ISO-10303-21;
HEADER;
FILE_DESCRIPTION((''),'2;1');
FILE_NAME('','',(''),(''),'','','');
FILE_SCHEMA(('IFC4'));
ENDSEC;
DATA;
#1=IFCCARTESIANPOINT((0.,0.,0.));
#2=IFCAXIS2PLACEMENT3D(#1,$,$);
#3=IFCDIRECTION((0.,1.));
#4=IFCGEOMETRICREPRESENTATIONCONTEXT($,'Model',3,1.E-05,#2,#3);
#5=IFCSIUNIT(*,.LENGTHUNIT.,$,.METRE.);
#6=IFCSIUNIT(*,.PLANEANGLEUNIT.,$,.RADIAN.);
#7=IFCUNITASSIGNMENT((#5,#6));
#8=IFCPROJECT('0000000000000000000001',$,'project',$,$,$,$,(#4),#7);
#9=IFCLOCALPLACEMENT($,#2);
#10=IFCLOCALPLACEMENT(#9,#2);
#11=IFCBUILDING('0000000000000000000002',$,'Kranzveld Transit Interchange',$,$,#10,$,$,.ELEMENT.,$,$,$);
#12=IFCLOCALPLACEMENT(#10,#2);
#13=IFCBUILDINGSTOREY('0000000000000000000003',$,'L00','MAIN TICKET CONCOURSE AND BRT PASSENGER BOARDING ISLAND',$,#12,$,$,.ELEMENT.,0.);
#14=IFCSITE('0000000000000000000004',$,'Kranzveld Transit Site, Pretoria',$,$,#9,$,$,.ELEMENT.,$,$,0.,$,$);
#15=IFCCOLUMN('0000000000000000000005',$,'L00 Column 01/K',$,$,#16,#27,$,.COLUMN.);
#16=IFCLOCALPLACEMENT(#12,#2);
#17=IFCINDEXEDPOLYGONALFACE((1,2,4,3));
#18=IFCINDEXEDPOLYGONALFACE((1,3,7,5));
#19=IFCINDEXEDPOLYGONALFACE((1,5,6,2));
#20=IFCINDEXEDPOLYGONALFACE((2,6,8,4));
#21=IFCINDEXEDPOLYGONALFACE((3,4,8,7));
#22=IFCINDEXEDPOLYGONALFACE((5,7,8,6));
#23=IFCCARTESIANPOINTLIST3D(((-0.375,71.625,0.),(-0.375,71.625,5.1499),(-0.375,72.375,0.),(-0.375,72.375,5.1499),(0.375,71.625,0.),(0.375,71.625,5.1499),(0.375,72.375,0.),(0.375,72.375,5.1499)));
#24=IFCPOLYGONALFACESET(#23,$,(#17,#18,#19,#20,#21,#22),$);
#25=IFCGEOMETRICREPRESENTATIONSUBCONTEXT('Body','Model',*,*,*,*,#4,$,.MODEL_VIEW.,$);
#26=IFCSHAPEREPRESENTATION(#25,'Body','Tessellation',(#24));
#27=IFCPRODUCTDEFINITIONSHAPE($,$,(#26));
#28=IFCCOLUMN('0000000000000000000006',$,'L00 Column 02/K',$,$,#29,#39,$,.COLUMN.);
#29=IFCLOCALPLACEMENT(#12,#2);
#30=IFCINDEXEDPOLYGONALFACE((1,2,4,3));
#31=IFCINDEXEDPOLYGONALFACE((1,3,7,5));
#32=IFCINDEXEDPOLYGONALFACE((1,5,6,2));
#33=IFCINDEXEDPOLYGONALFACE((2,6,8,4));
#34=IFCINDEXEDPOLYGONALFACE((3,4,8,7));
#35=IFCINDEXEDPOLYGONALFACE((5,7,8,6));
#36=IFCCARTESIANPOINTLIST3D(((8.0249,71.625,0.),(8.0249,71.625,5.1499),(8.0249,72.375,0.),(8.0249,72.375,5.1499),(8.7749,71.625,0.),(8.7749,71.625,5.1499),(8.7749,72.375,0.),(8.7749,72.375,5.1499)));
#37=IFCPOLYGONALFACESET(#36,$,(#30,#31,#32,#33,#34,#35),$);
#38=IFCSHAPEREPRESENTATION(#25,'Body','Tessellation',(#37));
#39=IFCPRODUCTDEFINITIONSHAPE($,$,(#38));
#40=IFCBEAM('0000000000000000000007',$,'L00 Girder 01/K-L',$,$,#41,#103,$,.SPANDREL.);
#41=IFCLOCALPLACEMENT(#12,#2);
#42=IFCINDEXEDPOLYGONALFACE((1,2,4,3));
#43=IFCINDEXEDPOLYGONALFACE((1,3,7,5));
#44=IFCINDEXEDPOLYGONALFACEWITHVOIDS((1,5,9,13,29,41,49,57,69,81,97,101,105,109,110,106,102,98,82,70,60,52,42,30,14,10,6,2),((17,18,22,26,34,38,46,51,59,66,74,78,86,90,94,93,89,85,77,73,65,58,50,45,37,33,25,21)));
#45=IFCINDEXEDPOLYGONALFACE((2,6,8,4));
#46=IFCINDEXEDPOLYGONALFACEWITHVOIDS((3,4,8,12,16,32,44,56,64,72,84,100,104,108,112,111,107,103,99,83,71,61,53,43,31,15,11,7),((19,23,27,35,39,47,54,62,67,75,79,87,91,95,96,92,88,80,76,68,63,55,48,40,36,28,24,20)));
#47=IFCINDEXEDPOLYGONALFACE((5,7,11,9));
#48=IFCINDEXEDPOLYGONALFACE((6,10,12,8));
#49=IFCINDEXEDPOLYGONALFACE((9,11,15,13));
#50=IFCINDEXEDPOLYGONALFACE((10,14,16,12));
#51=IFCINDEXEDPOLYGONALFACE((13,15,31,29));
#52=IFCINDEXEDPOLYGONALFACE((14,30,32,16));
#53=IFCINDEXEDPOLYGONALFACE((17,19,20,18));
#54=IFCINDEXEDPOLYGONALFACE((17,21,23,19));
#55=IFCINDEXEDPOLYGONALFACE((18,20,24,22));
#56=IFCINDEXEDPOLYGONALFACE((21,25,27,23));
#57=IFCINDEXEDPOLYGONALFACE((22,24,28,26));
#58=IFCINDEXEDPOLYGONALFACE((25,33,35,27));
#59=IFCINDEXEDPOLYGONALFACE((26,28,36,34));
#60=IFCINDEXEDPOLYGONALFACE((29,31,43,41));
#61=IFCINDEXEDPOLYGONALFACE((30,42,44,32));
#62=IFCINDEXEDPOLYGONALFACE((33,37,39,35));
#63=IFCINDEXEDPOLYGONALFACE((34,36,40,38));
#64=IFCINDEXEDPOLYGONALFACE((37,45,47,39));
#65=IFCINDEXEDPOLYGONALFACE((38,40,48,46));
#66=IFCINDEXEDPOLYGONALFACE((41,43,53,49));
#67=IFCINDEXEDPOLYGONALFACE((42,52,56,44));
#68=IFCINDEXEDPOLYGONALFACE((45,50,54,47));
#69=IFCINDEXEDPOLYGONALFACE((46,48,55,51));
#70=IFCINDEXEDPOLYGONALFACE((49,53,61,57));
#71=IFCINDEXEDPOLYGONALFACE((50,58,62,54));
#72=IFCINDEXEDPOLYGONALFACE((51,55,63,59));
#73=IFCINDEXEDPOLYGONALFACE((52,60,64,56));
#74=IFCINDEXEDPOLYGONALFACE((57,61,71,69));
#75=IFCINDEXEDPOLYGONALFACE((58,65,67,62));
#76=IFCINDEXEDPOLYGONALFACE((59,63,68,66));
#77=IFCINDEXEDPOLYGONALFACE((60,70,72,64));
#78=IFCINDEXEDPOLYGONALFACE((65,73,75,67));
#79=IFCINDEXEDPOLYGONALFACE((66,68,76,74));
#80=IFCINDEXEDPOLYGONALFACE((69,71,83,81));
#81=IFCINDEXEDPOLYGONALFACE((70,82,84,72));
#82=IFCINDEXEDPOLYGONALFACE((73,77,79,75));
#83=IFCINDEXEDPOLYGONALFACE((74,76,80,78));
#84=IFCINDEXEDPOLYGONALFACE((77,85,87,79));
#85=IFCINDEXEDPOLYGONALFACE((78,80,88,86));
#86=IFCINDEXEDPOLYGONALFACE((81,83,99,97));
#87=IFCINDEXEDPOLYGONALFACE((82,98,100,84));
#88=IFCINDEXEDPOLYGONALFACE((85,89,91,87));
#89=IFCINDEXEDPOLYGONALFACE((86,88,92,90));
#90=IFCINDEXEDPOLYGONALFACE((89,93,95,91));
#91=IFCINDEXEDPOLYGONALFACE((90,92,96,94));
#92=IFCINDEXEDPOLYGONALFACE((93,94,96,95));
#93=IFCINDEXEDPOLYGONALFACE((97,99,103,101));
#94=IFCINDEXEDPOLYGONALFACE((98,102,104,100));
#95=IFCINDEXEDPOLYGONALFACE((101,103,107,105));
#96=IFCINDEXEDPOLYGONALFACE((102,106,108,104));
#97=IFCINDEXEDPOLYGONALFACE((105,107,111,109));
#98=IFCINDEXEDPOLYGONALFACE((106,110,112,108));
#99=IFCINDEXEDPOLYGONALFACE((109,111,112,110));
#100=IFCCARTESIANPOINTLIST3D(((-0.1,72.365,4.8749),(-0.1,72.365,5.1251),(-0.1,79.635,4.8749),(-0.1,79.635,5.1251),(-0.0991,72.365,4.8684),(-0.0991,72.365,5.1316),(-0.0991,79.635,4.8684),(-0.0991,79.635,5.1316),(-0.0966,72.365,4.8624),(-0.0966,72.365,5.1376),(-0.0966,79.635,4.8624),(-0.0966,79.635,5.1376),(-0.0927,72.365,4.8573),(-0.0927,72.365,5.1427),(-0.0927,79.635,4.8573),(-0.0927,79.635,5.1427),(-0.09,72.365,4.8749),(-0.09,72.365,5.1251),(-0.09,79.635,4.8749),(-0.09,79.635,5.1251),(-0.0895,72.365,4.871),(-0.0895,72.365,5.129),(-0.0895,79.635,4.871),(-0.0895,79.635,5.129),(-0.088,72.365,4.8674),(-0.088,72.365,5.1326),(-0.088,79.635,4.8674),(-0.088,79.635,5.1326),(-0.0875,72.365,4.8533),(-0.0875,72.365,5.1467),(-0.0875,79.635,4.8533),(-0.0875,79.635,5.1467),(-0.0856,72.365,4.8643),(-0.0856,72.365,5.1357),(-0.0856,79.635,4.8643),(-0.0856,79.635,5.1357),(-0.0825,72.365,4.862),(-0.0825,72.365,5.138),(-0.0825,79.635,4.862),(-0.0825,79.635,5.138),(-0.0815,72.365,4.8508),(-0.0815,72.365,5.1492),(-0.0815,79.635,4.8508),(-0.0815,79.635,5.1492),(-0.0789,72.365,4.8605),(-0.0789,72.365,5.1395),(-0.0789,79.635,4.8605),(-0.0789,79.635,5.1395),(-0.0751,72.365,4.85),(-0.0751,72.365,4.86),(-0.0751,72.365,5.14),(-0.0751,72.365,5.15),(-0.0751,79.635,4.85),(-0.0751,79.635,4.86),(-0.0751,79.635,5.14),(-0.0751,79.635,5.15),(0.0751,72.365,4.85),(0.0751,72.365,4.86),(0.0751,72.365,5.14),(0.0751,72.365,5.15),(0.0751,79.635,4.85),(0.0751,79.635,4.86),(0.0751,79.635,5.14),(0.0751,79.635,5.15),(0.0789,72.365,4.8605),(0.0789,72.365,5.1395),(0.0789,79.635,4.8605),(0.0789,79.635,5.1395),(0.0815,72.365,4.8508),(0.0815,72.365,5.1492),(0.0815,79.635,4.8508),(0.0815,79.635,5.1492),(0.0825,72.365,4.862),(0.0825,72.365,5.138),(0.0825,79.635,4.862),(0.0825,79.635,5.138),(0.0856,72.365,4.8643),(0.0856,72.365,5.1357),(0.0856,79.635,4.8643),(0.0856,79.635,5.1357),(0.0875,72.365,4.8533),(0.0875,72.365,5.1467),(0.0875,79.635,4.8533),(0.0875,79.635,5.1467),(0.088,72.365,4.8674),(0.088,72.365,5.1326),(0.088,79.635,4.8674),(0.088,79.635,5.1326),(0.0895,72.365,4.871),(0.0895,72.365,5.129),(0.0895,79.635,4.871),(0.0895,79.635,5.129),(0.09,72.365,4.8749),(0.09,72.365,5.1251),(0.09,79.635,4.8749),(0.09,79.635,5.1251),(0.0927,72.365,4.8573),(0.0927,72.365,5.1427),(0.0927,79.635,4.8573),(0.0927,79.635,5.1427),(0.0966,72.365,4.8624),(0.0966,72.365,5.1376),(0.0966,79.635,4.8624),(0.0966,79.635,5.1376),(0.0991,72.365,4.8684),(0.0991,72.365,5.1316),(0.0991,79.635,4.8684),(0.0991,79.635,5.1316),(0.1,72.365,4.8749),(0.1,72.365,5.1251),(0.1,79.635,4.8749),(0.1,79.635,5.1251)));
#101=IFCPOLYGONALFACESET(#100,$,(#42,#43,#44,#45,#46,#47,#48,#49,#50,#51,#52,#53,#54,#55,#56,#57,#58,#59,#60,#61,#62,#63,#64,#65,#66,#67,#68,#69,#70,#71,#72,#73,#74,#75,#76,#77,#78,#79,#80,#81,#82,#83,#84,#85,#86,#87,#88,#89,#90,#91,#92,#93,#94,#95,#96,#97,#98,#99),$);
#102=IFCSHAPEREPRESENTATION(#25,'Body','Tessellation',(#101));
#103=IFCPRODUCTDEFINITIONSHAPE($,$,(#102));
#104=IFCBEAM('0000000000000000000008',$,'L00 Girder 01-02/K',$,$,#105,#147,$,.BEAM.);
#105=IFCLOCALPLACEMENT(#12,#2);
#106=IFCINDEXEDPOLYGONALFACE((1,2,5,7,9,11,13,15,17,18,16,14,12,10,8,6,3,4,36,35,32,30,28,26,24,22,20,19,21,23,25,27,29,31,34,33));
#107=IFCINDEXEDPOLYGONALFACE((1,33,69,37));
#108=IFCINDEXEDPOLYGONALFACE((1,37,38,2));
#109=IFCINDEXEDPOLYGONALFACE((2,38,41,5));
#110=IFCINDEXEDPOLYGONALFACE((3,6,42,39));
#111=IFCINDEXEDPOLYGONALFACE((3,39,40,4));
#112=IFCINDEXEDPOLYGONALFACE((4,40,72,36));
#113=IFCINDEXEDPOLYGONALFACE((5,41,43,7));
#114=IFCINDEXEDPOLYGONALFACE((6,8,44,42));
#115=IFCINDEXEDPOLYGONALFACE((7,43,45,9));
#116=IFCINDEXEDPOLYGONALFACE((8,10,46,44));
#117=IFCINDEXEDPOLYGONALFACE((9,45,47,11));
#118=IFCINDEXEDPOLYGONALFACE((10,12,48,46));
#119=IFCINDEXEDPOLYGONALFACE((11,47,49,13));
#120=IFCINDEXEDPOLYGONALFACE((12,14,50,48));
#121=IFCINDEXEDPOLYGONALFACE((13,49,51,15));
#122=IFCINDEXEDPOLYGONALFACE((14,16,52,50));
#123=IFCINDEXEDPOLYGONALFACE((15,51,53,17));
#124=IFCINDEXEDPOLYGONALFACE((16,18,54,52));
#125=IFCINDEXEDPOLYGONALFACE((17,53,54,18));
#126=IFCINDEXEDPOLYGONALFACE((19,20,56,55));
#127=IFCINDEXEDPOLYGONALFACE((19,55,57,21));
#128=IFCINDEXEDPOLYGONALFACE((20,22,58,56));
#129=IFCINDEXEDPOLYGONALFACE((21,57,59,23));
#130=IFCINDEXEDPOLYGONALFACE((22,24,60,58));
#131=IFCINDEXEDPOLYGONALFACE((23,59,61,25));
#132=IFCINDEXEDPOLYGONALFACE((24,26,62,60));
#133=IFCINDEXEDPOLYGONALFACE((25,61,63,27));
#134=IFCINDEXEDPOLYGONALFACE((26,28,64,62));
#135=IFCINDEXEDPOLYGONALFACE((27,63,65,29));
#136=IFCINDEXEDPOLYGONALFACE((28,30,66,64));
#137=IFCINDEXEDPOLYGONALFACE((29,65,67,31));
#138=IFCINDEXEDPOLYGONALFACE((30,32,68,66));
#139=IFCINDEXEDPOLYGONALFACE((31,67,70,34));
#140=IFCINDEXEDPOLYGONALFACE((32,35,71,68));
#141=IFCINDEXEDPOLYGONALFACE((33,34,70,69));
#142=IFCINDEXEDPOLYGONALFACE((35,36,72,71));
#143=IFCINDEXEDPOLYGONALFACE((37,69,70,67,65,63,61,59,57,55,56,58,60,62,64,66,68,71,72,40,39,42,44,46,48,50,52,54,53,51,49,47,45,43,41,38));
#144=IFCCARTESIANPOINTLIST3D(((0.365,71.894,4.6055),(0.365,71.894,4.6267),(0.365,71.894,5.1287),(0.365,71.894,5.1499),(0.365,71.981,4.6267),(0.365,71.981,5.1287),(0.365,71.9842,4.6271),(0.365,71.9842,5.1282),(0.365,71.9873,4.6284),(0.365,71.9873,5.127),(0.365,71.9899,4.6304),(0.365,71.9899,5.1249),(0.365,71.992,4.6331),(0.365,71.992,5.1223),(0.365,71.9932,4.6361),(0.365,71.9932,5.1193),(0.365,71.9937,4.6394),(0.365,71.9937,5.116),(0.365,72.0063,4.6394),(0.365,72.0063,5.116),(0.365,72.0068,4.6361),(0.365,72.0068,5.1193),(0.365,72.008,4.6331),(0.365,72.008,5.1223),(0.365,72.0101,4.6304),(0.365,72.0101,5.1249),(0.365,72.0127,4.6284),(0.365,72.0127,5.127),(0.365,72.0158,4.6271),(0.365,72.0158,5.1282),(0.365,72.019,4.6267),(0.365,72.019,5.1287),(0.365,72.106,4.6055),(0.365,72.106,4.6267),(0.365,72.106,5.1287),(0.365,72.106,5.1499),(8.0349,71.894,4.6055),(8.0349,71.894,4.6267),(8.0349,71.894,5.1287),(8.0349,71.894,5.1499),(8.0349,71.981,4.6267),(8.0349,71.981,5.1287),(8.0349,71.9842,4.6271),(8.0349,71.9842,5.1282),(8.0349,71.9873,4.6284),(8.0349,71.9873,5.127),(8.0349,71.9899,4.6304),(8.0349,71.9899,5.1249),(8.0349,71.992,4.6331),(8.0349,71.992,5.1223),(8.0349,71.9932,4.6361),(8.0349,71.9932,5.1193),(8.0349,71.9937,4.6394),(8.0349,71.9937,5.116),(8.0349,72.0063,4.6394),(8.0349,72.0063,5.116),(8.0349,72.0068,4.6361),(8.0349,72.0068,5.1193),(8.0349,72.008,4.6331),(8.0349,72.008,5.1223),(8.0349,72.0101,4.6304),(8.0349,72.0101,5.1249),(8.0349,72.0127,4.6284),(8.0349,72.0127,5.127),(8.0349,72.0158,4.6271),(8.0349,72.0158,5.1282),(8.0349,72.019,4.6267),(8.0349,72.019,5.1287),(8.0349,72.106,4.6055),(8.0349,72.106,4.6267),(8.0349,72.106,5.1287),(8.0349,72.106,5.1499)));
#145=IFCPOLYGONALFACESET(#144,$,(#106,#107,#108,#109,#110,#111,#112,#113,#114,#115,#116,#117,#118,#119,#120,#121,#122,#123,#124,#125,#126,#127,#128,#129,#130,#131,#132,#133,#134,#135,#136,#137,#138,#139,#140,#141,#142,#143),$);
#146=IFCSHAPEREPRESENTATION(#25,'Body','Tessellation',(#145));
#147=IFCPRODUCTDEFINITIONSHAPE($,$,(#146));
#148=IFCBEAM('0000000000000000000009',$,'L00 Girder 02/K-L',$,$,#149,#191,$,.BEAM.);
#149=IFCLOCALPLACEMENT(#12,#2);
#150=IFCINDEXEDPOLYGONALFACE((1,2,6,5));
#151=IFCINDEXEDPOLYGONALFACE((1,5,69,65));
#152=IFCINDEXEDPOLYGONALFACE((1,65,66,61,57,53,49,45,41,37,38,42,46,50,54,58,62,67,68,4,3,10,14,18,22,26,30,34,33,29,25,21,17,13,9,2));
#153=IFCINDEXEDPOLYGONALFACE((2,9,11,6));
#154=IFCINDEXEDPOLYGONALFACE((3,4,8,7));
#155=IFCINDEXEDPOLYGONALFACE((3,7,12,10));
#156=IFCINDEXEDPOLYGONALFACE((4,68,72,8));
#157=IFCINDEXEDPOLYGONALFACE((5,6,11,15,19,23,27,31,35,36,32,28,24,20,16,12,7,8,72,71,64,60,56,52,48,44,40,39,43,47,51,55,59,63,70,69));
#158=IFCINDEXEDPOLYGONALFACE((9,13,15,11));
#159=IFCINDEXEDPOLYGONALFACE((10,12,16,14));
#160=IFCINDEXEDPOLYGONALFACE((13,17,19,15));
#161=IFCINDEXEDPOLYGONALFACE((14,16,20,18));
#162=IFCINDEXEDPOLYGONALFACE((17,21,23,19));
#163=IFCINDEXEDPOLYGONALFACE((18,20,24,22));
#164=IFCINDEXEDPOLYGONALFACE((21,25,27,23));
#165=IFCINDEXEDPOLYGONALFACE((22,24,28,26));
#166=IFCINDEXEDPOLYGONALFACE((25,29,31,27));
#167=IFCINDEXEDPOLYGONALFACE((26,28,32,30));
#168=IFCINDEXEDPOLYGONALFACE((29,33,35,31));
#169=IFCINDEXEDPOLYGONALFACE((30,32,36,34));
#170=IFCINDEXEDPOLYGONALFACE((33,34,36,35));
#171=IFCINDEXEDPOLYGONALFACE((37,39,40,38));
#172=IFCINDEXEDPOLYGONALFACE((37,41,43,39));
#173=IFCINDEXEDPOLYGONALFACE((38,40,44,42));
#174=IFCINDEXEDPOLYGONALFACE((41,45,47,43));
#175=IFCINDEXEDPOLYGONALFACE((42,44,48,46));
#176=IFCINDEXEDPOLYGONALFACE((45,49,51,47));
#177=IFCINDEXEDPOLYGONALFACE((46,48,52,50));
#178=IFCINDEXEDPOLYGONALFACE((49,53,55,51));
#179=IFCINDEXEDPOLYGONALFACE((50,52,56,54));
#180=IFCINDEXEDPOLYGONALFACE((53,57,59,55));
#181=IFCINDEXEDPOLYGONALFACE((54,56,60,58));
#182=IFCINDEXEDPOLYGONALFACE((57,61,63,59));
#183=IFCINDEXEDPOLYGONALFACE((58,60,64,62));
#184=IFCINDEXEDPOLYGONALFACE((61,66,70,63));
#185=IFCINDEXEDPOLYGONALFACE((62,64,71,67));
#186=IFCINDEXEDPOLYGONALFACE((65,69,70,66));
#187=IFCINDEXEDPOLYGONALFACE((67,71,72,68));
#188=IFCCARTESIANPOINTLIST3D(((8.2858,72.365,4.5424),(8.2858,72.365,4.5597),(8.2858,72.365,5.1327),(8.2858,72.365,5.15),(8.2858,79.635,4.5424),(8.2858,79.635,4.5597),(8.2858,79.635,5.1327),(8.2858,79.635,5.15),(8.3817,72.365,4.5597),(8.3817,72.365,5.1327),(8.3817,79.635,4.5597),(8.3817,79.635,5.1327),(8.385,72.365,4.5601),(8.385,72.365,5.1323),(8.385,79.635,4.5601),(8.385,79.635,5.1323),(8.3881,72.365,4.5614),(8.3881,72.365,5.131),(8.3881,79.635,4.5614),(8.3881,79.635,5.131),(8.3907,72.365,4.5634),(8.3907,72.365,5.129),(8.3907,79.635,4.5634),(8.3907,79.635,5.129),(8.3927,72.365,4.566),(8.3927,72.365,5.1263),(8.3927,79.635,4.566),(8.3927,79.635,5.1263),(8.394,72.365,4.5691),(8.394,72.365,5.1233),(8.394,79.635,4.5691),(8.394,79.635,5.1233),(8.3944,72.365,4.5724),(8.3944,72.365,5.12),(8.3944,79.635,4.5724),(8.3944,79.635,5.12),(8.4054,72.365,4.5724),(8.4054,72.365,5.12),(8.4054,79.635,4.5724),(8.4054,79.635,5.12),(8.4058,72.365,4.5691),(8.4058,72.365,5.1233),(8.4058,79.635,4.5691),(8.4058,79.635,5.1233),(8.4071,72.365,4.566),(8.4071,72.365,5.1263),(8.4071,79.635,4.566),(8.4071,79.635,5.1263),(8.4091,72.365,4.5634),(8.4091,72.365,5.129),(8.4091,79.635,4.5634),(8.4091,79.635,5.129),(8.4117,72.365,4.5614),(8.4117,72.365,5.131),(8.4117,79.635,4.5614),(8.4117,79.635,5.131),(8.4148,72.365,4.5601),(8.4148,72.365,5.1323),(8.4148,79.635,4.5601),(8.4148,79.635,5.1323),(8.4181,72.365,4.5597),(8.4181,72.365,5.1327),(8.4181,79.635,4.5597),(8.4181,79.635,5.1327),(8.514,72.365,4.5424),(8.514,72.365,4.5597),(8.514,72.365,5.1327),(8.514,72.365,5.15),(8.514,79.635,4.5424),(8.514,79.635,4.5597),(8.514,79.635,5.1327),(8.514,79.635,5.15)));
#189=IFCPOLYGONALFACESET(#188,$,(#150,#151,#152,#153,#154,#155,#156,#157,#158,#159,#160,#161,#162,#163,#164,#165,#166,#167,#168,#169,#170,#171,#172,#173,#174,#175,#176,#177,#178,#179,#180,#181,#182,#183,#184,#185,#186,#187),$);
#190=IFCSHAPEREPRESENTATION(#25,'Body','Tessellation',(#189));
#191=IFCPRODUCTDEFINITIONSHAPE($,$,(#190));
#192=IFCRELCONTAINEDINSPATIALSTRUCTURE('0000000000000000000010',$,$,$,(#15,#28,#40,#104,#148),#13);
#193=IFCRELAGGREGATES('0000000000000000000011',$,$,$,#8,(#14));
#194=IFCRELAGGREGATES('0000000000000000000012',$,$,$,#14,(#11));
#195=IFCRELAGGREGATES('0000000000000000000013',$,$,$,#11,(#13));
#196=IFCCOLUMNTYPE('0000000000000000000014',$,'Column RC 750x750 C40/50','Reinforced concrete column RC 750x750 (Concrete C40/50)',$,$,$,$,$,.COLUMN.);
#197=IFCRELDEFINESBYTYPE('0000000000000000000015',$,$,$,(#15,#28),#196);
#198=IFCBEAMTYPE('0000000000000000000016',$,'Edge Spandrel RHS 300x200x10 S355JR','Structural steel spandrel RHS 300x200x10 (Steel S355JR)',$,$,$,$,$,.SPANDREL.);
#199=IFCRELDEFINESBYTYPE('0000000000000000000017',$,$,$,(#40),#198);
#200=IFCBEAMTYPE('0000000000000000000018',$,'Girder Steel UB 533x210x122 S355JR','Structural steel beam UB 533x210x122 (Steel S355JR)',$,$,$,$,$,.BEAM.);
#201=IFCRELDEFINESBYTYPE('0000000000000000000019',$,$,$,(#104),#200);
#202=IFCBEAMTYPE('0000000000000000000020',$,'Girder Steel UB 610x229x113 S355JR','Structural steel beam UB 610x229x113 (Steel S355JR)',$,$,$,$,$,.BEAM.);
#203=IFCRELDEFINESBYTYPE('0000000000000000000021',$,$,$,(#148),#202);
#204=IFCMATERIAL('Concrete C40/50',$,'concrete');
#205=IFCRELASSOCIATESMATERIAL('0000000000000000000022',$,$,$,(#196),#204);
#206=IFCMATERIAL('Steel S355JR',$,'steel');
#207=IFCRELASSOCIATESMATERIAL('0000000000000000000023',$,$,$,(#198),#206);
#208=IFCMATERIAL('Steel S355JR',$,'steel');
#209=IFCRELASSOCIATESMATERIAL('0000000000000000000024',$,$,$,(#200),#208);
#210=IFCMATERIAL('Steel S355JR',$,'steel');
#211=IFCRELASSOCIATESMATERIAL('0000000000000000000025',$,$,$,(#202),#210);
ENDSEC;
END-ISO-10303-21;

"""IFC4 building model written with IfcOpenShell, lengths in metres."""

from ifc_helpers import new_model, si_unit, direction, frame, origin, origin_2d, place, context, subcontext, project, spatial, rectangle, hollow_rectangle, i_section, extrude, material, material_profile, profile_set, type_object, element, save


model = new_model("IFC4")

# Units and contexts
model_context = context("Model", 3, precision=1e-05, world=origin(), true_north=direction((0.0, 1.0)))
body_context = subcontext(model_context, "Body", "Model", "MODEL_VIEW")
ifc_project = project(units=[si_unit("LENGTHUNIT", "METRE"), si_unit("PLANEANGLEUNIT", "RADIAN")], contexts=[model_context])

# Site, building, storey
site_placement = place(None, origin())
site = spatial("IfcSite", under=ifc_project, at=site_placement, Name="Kranzveld Transit Site, Pretoria", CompositionType="ELEMENT", RefElevation=0.0)
building_placement = place(site_placement, origin())
building = spatial("IfcBuilding", under=site, at=building_placement, Name="Kranzveld Transit Interchange", CompositionType="ELEMENT")
storey_placement = place(building_placement, origin())
storey = spatial("IfcBuildingStorey", under=building, at=storey_placement, Name="L00", Description="MAIN TICKET CONCOURSE AND BRT PASSENGER BOARDING ISLAND", CompositionType="ELEMENT", Elevation=0.0)

# Columns
ifc_material_1 = material(Name="Concrete C40/50", Category="concrete")
ifc_material_profile_1 = material_profile(ifc_material_1, rectangle(XDim=0.75, YDim=0.75, at=origin_2d()), Name="RC 750x750")
ifc_profile_set_1 = profile_set([ifc_material_profile_1], Name="Concrete C40/50")
column_type = type_object("IfcColumnType", Name="Column RC 750x750 C40/50", Description="Reinforced concrete column RC 750x750 (Concrete C40/50)", PredefinedType="COLUMN", material=ifc_profile_set_1)
for number, where, z_axis, x_axis, name in (
    (1, (0.0, 72.0, 0.0), (0.0, 0.0, 1.0), (1.0, 0.0, 0.0), "L00 Column 01/K"),
    (2, (8.3999, 72.0, 0.0), (0.0, 0.0, 1.0), (1.0, 0.0, 0.0), "L00 Column 02/K"),
):
    element("IfcColumn", number, at=place(storey_placement, frame(where, z_axis=z_axis, x_axis=x_axis)), inside=storey, type_object=column_type, Name=name, PredefinedType="COLUMN", context=body_context, shape_type="SweptSolid", body=[
        extrude(rectangle(XDim=0.75, YDim=0.75, at=origin_2d()), origin(), (0.0, 0.0, 1.0), 5.1499),
    ])

# Beams
ifc_material_2 = material(Name="Steel S355JR", Category="steel")
ifc_material_profile_2 = material_profile(ifc_material_2, hollow_rectangle(XDim=0.2, YDim=0.3, WallThickness=0.01, InnerFilletRadius=0.0149, OuterFilletRadius=0.0249, at=origin_2d()), Name="RHS 300x200x10")
ifc_profile_set_2 = profile_set([ifc_material_profile_2], Name="Steel S355JR")
beam_type_1 = type_object("IfcBeamType", Name="Edge Spandrel RHS 300x200x10 S355JR", Description="Structural steel spandrel RHS 300x200x10 (Steel S355JR)", PredefinedType="SPANDREL", material=ifc_profile_set_2)
beam_1_placement = place(storey_placement, frame((0.0, 72.365, 5.0), z_axis=(0.0, 1.0, 0.0), x_axis=(-1.0, 0.0, 0.0)))
element("IfcBeam", 3, at=beam_1_placement, inside=storey, type_object=beam_type_1, Name="L00 Girder 01/K-L", PredefinedType="SPANDREL", context=body_context, shape_type="SweptSolid", body=[
    extrude(hollow_rectangle(XDim=0.2, YDim=0.3, WallThickness=0.01, InnerFilletRadius=0.0149, OuterFilletRadius=0.0249, at=origin_2d()), origin(), (0.0, 0.0, 1.0), 7.27),
])
ifc_material_3 = material(Name="Steel S355JR", Category="steel")
ifc_material_profile_3 = material_profile(ifc_material_3, i_section(OverallWidth=0.2119, OverallDepth=0.5444, WebThickness=0.0127, FlangeThickness=0.0212, FilletRadius=0.0127, at=origin_2d()), Name="UB 533x210x122")
ifc_profile_set_3 = profile_set([ifc_material_profile_3], Name="Steel S355JR")
beam_type_2 = type_object("IfcBeamType", Name="Girder Steel UB 533x210x122 S355JR", Description="Structural steel beam UB 533x210x122 (Steel S355JR)", PredefinedType="BEAM", material=ifc_profile_set_3)
beam_2_placement = place(storey_placement, frame((0.365, 72.0, 4.8777), z_axis=(1.0, 0.0, 0.0), x_axis=(0.0, 1.0, 0.0)))
element("IfcBeam", 4, at=beam_2_placement, inside=storey, type_object=beam_type_2, Name="L00 Girder 01-02/K", PredefinedType="BEAM", context=body_context, shape_type="SweptSolid", body=[
    extrude(i_section(OverallWidth=0.2119, OverallDepth=0.5444, WebThickness=0.0127, FlangeThickness=0.0212, FilletRadius=0.0127, at=origin_2d()), origin(), (0.0, 0.0, 1.0), 7.6699),
])
ifc_material_4 = material(Name="Steel S355JR", Category="steel")
ifc_material_profile_4 = material_profile(ifc_material_4, i_section(OverallWidth=0.2283, OverallDepth=0.6077, WebThickness=0.011, FlangeThickness=0.0173, FilletRadius=0.0127, at=origin_2d()), Name="UB 610x229x113")
ifc_profile_set_4 = profile_set([ifc_material_profile_4], Name="Steel S355JR")
beam_type_3 = type_object("IfcBeamType", Name="Girder Steel UB 610x229x113 S355JR", Description="Structural steel beam UB 610x229x113 (Steel S355JR)", PredefinedType="BEAM", material=ifc_profile_set_4)
beam_3_placement = place(storey_placement, frame((8.3999, 72.365, 4.8462), z_axis=(0.0, 1.0, 0.0), x_axis=(-1.0, 0.0, 0.0)))
element("IfcBeam", 5, at=beam_3_placement, inside=storey, type_object=beam_type_3, Name="L00 Girder 02/K-L", PredefinedType="BEAM", context=body_context, shape_type="SweptSolid", body=[
    extrude(i_section(OverallWidth=0.2283, OverallDepth=0.6077, WebThickness=0.011, FlangeThickness=0.0173, FilletRadius=0.0127, at=origin_2d()), origin(), (0.0, 0.0, 1.0), 7.27),
])

save(model, "model.ifc")
